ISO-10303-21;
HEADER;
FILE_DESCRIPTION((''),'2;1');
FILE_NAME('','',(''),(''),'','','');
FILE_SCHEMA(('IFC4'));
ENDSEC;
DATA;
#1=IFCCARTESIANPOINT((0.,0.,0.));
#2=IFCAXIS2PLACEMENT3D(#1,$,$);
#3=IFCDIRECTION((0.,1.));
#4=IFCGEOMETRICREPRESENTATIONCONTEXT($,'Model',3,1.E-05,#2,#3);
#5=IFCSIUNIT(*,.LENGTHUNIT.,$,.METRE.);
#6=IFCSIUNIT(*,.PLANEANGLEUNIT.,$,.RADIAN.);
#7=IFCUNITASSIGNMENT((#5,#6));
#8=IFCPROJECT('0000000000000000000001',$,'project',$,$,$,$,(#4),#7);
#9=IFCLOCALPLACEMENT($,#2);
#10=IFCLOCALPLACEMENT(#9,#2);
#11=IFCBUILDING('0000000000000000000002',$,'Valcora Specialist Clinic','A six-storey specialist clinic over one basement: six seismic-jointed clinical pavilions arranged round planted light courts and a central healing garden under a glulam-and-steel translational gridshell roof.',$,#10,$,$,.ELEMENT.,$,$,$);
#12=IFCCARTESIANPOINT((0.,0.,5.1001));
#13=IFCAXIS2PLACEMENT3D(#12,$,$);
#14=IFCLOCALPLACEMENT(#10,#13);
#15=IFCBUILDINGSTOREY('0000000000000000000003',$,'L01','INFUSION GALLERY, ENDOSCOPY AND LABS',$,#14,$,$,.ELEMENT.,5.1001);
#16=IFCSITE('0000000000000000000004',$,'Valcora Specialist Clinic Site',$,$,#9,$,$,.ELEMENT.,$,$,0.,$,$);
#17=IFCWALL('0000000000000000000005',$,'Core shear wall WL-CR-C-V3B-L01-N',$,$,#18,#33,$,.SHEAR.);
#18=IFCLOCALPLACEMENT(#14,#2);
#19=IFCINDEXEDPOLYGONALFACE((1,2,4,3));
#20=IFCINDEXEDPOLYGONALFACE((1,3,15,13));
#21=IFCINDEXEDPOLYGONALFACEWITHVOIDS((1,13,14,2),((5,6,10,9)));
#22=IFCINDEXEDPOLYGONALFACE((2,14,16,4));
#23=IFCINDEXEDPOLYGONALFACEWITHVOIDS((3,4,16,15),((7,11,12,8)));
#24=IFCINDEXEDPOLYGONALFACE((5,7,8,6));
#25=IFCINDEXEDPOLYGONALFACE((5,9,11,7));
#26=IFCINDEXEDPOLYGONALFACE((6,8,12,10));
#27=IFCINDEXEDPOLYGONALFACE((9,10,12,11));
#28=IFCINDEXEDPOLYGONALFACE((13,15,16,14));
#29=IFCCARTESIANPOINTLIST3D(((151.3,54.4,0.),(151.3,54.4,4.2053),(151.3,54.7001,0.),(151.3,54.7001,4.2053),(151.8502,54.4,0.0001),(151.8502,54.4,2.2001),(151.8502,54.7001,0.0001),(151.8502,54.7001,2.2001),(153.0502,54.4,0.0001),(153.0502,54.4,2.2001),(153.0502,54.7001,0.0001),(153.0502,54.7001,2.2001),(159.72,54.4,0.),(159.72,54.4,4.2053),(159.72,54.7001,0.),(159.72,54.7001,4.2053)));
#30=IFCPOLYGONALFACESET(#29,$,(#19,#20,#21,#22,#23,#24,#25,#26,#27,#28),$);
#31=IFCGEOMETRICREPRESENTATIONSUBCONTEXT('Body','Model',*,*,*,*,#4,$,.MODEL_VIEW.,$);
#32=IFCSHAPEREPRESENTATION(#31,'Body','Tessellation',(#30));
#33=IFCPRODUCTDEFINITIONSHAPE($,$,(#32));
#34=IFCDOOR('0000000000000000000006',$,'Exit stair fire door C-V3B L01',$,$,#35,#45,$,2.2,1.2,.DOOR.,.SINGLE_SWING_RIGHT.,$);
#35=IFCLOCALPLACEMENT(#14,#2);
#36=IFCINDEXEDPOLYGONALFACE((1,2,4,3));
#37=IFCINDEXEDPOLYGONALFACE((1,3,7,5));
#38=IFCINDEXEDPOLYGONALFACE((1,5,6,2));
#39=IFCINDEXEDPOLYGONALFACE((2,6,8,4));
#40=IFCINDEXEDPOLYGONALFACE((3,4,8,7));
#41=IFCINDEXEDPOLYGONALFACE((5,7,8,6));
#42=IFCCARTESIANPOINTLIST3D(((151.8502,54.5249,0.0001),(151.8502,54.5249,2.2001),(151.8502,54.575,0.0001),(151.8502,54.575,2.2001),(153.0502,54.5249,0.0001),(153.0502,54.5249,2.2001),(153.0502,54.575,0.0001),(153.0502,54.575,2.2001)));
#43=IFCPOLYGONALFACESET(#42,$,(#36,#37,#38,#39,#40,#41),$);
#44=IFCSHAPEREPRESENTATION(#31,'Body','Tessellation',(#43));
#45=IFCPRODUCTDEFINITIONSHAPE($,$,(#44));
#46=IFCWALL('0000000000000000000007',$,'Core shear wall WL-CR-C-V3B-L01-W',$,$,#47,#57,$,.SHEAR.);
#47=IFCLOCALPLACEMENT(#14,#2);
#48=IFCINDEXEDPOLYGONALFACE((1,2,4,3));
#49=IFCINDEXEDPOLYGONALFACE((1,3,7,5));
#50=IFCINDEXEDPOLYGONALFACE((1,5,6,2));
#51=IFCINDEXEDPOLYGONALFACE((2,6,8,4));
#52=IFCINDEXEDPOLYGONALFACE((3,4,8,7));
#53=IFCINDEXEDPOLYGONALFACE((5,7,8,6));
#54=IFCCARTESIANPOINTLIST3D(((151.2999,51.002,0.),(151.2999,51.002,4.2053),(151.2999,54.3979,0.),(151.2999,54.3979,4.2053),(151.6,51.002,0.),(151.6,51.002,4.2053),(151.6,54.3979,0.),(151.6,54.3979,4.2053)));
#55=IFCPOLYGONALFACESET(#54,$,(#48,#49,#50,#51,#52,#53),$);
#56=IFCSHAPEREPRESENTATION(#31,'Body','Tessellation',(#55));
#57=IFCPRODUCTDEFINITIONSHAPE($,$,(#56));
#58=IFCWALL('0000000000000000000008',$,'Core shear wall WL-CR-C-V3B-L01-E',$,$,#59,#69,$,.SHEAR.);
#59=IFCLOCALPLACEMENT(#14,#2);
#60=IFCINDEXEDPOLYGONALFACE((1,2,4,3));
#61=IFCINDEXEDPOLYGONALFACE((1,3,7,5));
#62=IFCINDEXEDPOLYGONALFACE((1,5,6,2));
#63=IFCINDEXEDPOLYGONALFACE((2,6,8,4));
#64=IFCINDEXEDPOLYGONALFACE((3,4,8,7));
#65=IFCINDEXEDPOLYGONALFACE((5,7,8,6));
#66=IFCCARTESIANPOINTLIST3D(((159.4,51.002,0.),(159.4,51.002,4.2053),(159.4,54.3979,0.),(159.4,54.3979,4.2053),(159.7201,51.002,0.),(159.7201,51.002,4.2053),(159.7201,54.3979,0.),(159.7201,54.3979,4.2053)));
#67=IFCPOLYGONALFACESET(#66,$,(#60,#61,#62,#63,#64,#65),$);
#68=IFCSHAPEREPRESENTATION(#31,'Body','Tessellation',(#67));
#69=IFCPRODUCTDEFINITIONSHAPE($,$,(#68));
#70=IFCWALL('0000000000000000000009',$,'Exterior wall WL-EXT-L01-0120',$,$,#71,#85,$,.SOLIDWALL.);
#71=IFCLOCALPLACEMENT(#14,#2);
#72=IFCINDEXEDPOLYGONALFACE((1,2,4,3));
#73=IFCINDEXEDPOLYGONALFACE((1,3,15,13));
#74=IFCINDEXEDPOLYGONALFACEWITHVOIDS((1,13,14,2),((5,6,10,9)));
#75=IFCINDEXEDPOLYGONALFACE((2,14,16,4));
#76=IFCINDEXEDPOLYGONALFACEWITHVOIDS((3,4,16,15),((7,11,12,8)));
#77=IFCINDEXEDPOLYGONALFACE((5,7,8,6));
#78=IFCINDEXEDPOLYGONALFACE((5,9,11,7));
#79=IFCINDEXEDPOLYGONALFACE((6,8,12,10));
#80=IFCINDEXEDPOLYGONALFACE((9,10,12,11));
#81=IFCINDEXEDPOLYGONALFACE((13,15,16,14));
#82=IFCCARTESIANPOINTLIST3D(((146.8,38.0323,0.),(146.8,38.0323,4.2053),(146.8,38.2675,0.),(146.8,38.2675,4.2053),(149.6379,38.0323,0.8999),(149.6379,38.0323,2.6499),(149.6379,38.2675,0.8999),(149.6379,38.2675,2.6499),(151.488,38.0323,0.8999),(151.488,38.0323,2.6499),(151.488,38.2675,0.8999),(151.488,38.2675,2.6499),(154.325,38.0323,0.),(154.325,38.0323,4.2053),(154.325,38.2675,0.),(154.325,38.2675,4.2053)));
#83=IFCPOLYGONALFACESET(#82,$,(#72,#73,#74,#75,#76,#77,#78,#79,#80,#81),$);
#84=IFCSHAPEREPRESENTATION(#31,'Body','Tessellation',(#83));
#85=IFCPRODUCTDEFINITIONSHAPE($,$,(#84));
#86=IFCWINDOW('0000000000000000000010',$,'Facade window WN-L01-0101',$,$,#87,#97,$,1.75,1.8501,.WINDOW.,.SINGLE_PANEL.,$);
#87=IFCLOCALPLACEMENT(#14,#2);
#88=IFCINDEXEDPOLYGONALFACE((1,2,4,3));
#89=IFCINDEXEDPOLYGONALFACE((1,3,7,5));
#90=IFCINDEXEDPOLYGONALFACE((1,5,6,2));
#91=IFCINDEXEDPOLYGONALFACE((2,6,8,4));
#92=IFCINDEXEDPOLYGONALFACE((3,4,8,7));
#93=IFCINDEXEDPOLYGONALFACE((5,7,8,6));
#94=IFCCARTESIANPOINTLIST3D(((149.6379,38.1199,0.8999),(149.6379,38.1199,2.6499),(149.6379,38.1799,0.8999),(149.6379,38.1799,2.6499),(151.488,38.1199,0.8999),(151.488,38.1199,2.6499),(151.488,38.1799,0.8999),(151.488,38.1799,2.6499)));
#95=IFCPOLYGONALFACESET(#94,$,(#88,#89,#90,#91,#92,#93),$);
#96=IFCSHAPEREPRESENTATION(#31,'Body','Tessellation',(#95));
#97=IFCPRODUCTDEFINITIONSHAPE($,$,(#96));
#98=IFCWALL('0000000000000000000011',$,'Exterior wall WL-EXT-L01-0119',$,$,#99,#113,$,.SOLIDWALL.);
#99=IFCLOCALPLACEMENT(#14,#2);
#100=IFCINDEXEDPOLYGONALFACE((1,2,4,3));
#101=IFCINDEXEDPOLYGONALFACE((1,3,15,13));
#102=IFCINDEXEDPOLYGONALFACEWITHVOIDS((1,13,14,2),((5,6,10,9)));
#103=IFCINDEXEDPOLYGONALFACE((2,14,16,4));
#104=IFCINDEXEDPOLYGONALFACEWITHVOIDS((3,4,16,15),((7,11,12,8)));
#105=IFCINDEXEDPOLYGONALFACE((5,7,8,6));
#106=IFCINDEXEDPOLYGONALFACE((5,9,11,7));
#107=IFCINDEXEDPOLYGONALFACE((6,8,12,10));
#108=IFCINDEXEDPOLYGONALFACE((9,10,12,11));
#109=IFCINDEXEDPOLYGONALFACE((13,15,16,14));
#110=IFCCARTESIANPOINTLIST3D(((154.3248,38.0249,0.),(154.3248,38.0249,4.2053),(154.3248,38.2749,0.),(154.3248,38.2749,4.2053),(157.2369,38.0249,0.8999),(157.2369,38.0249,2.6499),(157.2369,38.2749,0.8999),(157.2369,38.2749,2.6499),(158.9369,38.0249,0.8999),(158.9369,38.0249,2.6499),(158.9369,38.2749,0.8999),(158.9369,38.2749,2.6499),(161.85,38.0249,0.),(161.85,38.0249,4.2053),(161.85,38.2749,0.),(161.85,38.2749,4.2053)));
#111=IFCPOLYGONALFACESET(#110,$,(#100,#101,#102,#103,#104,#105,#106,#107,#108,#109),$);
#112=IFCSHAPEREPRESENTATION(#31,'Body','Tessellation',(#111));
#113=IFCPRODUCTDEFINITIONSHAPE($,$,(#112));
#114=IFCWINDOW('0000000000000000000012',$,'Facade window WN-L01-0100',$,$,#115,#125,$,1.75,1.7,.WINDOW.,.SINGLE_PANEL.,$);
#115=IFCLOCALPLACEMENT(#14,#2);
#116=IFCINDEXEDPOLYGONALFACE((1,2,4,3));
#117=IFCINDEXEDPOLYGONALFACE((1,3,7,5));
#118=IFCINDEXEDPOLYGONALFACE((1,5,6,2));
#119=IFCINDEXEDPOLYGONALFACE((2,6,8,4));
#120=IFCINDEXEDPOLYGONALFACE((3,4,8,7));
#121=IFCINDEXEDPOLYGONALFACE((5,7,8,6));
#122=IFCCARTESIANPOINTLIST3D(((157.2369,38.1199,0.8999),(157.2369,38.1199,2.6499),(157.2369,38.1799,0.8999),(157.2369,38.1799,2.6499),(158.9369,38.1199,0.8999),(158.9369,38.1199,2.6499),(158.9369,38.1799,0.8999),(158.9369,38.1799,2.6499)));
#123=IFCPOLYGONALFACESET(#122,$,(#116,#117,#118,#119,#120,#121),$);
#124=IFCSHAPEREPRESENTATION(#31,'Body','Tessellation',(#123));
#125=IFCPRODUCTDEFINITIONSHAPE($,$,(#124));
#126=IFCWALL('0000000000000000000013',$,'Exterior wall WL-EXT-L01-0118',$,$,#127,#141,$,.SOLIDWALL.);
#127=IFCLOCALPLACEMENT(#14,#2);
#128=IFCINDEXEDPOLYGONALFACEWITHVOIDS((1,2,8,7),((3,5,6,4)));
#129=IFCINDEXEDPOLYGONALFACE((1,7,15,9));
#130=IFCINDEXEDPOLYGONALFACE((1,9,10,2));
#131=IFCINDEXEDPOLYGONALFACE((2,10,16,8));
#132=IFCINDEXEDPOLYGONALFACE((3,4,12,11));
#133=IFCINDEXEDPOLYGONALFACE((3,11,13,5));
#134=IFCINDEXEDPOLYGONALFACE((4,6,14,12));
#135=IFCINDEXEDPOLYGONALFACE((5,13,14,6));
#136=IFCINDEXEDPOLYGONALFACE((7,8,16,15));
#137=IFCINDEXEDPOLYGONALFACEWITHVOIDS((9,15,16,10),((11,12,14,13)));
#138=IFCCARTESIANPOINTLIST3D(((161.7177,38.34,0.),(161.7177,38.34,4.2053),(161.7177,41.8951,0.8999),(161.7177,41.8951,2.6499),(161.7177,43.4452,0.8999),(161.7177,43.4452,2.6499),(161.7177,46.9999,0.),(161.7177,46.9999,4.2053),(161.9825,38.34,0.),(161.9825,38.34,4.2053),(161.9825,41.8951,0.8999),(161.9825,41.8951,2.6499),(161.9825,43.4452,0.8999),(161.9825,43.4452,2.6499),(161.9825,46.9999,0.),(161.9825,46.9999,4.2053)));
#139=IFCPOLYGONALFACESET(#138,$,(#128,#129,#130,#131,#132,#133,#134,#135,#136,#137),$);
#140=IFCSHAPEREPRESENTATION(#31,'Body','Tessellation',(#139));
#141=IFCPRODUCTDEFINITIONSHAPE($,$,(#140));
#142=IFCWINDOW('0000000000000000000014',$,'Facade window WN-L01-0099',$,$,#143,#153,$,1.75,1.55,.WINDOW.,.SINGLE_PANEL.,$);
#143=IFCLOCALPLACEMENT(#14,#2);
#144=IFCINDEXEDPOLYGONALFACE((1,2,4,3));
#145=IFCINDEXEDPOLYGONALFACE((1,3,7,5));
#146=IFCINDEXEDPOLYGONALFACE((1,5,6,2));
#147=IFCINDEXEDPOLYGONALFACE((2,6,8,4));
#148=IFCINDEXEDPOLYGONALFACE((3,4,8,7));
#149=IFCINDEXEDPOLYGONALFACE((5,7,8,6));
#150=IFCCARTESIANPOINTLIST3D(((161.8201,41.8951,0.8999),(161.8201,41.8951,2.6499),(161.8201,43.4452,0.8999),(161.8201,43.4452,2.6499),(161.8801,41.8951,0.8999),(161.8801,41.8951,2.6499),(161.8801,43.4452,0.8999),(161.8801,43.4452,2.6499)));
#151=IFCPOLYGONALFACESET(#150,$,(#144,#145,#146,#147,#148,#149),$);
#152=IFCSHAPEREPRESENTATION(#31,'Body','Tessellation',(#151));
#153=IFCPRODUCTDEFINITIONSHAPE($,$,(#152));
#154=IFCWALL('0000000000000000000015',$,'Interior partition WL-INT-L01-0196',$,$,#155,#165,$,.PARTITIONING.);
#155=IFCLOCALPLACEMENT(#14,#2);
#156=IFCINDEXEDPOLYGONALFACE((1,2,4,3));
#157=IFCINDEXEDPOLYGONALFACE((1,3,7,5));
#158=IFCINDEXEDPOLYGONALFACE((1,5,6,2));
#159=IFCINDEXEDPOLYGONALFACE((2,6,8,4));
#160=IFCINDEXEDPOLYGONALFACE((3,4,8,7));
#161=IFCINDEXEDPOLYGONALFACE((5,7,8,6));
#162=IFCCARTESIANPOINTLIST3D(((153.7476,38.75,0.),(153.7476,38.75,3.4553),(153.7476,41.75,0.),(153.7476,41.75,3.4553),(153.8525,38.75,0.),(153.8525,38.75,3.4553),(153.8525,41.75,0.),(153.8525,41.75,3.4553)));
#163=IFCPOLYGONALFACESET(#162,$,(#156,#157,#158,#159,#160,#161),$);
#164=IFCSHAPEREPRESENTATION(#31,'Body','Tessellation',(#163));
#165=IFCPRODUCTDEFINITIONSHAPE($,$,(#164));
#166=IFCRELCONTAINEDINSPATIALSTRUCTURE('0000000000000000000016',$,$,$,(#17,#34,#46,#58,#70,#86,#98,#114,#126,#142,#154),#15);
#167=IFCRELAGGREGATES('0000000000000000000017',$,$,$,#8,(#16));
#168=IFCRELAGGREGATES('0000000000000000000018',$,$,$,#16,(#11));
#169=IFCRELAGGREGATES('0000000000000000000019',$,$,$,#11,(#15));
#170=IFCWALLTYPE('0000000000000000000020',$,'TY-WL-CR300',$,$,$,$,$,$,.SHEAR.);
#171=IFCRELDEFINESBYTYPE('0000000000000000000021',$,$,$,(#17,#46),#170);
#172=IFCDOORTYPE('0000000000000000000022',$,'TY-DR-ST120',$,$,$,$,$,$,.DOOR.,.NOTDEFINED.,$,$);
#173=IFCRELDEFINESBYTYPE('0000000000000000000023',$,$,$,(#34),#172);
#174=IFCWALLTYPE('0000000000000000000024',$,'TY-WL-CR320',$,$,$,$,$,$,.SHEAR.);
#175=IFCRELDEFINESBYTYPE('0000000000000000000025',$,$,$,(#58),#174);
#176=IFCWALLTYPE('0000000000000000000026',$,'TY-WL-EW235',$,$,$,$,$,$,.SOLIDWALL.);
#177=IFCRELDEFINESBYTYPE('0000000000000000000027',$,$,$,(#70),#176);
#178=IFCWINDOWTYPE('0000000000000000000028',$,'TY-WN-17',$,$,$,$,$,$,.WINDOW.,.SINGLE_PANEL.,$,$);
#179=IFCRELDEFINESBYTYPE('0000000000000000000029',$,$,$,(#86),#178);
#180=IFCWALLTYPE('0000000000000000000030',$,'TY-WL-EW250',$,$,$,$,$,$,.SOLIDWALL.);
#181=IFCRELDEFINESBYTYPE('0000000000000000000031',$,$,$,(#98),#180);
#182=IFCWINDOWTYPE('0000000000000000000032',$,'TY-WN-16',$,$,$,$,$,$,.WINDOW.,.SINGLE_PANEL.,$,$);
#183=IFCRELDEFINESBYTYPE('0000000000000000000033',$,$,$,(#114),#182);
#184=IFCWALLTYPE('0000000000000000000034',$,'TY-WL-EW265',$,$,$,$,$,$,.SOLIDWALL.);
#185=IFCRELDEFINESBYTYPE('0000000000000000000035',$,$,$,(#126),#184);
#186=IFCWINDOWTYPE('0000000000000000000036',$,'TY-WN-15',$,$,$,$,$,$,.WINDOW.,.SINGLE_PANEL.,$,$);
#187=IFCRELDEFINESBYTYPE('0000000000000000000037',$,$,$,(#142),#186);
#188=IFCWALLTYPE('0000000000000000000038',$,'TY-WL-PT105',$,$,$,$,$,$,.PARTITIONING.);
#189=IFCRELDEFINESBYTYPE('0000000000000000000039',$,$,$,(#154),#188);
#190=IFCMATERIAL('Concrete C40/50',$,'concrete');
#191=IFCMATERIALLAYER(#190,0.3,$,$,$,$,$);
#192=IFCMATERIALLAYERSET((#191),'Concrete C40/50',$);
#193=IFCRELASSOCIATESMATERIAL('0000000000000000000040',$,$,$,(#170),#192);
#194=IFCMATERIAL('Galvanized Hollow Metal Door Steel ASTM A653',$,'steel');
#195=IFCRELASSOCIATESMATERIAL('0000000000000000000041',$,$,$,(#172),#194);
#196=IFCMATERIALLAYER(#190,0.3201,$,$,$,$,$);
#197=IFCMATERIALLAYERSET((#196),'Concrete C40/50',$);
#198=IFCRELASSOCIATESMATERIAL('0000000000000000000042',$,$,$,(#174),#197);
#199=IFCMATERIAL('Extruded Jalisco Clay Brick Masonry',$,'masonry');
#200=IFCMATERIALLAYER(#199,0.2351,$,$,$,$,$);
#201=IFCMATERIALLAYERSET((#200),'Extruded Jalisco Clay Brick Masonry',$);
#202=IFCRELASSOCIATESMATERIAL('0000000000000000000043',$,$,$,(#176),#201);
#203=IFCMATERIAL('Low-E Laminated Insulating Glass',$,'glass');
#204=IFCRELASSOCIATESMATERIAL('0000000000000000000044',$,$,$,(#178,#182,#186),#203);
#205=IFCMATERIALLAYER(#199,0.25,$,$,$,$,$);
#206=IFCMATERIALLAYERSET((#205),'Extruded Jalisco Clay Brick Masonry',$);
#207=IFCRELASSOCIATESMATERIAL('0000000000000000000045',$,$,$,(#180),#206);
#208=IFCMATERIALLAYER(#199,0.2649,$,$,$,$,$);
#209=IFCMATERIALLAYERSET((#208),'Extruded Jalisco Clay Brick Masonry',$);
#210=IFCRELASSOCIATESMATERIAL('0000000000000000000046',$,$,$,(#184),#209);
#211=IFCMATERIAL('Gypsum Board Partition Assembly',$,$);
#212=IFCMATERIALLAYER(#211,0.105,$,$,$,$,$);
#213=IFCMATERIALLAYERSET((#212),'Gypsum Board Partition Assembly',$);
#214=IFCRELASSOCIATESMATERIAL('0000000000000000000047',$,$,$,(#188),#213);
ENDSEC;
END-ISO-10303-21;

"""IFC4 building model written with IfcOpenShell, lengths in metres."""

from ifc_helpers import new_model, si_unit, direction, frame, frame_2d, origin, place, context, subcontext, project, spatial, rectangle, extrude, material, layer, layer_set, type_object, element, fill, save


model = new_model("IFC4")

# Units and contexts
model_context = context("Model", 3, precision=1e-05, world=origin(), true_north=direction((0.0, 1.0)))
body_context = subcontext(model_context, "Body", "Model", "MODEL_VIEW")
ifc_project = project(units=[si_unit("LENGTHUNIT", "METRE"), si_unit("PLANEANGLEUNIT", "RADIAN")], contexts=[model_context])

# Site, building, storey
site_placement = place(None, origin())
site = spatial("IfcSite", under=ifc_project, at=site_placement, Name="Valcora Specialist Clinic Site", CompositionType="ELEMENT", RefElevation=0.0)
building_placement = place(site_placement, origin())
building = spatial("IfcBuilding", under=site, at=building_placement, Name="Valcora Specialist Clinic", Description="A six-storey specialist clinic over one basement: six seismic-jointed clinical pavilions arranged round planted light courts and a central healing garden under a glulam-and-steel translational gridshell roof.", CompositionType="ELEMENT")
storey_placement = place(building_placement, frame((0.0, 0.0, 5.1001)))
storey = spatial("IfcBuildingStorey", under=building, at=storey_placement, Name="L01", Description="INFUSION GALLERY, ENDOSCOPY AND LABS", CompositionType="ELEMENT", Elevation=5.1001)

# Shared definitions
ifc_material_1 = material(Name="Concrete C40/50", Category="concrete")

# Shared definitions
ifc_layer_1 = layer(ifc_material_1, 0.3)
ifc_layer_set_1 = layer_set([ifc_layer_1], Name="Concrete C40/50")
wall_type_1 = type_object("IfcWallType", Name="TY-WL-CR300", PredefinedType="SHEAR", material=ifc_layer_set_1)

# Wall, opening, door
wall_1_placement = place(storey_placement, frame((151.3, 54.55, 0.0), z_axis=(0.0, 0.0, 1.0), x_axis=(1.0, 0.0, 0.0)))
wall_1 = element("IfcWall", 1, at=wall_1_placement, inside=storey, type_object=wall_type_1, Name="Core shear wall WL-CR-C-V3B-L01-N", PredefinedType="SHEAR", context=body_context, shape_type="SweptSolid", body=[
    extrude(rectangle(XDim=8.4199, YDim=0.3, at=frame_2d((4.21, 0.0))), origin(), (0.0, 0.0, 1.0), 4.2053),
])
opening_1_placement = place(wall_1_placement, frame((0.55, 0.0, 0.0)))
opening_1 = element("IfcOpeningElement", 2, at=opening_1_placement, cuts=wall_1, PredefinedType="OPENING", context=body_context, shape_type="SweptSolid", body=[
    extrude(rectangle(XDim=1.2, YDim=2.2, at=frame_2d((0.6001, 1.1001))), frame((0.0, 0.1599, 0.0), z_axis=(0.0, -1.0, 0.0), x_axis=(1.0, 0.0, 0.0)), (0.0, 0.0, 1.0), 0.3201),
])
ifc_material_2 = material(Name="Galvanized Hollow Metal Door Steel ASTM A653", Category="steel")
door_type_1 = type_object("IfcDoorType", Name="TY-DR-ST120", OperationType="NOTDEFINED", PredefinedType="DOOR", material=ifc_material_2)
door_1_placement = place(opening_1_placement, origin())
door_1 = element("IfcDoor", 3, at=door_1_placement, inside=storey, type_object=door_type_1, Name="Exit stair fire door C-V3B L01", OperationType="SINGLE_SWING_RIGHT", OverallHeight=2.2, OverallWidth=1.2, PredefinedType="DOOR", context=body_context, shape_type="SweptSolid", body=[
    extrude(rectangle(XDim=1.2, YDim=2.2, at=frame_2d((0.6001, 1.1001))), frame((0.0, 0.0249, 0.0), z_axis=(0.0, -1.0, 0.0), x_axis=(1.0, 0.0, 0.0)), (0.0, 0.0, 1.0), 0.05),
])
fill(opening_1, door_1)

# Walls
wall_2_placement = place(storey_placement, frame((151.45, 51.002, 0.0), z_axis=(0.0, 0.0, 1.0), x_axis=(0.0, 1.0, 0.0)))
element("IfcWall", 4, at=wall_2_placement, inside=storey, type_object=wall_type_1, Name="Core shear wall WL-CR-C-V3B-L01-W", PredefinedType="SHEAR", context=body_context, shape_type="SweptSolid", body=[
    extrude(rectangle(XDim=3.396, YDim=0.3, at=frame_2d((1.698, 0.0))), origin(), (0.0, 0.0, 1.0), 4.2053),
])
ifc_layer_2 = layer(ifc_material_1, 0.3201)
ifc_layer_set_2 = layer_set([ifc_layer_2], Name="Concrete C40/50")
wall_type_2 = type_object("IfcWallType", Name="TY-WL-CR320", PredefinedType="SHEAR", material=ifc_layer_set_2)
wall_3_placement = place(storey_placement, frame((159.5601, 51.002, 0.0), z_axis=(0.0, 0.0, 1.0), x_axis=(0.0, 1.0, 0.0)))
element("IfcWall", 5, at=wall_3_placement, inside=storey, type_object=wall_type_2, Name="Core shear wall WL-CR-C-V3B-L01-E", PredefinedType="SHEAR", context=body_context, shape_type="SweptSolid", body=[
    extrude(rectangle(XDim=3.396, YDim=0.3201, at=frame_2d((1.698, 0.0))), origin(), (0.0, 0.0, 1.0), 4.2053),
])

# Walls, openings, windows
ifc_material_3 = material(Name="Extruded Jalisco Clay Brick Masonry", Category="masonry")
ifc_layer_3 = layer(ifc_material_3, 0.2351)
ifc_layer_set_3 = layer_set([ifc_layer_3], Name="Extruded Jalisco Clay Brick Masonry")
wall_type_3 = type_object("IfcWallType", Name="TY-WL-EW235", PredefinedType="SOLIDWALL", material=ifc_layer_set_3)
wall_4_placement = place(storey_placement, frame((154.325, 38.1499, 0.0), z_axis=(0.0, 0.0, 1.0), x_axis=(-1.0, 0.0, 0.0)))
wall_4 = element("IfcWall", 6, at=wall_4_placement, inside=storey, type_object=wall_type_3, Name="Exterior wall WL-EXT-L01-0120", PredefinedType="SOLIDWALL", context=body_context, shape_type="SweptSolid", body=[
    extrude(rectangle(XDim=7.5249, YDim=0.2351, at=frame_2d((3.7625, 0.0))), origin(), (0.0, 0.0, 1.0), 4.2053),
])
opening_2_placement = place(wall_4_placement, frame((2.8369, 0.0, 0.8999)))
opening_2 = element("IfcOpeningElement", 7, at=opening_2_placement, cuts=wall_4, PredefinedType="OPENING", context=body_context, shape_type="SweptSolid", body=[
    extrude(rectangle(XDim=1.8501, YDim=1.75, at=frame_2d((0.925, 0.875))), frame((0.0, 0.1274, 0.0), z_axis=(0.0, -1.0, 0.0), x_axis=(1.0, 0.0, 0.0)), (0.0, 0.0, 1.0), 0.2551),
])
ifc_material_4 = material(Name="Low-E Laminated Insulating Glass", Category="glass")
window_type_1 = type_object("IfcWindowType", Name="TY-WN-17", PartitioningType="SINGLE_PANEL", PredefinedType="WINDOW", material=ifc_material_4)
window_1_placement = place(opening_2_placement, origin())
window_1 = element("IfcWindow", 8, at=window_1_placement, inside=storey, type_object=window_type_1, Name="Facade window WN-L01-0101", OverallHeight=1.75, OverallWidth=1.8501, PartitioningType="SINGLE_PANEL", PredefinedType="WINDOW", context=body_context, shape_type="SweptSolid", body=[
    extrude(rectangle(XDim=1.8501, YDim=1.75, at=frame_2d((0.925, 0.875))), frame((0.0, 0.03, 0.0), z_axis=(0.0, -1.0, 0.0), x_axis=(1.0, 0.0, 0.0)), (0.0, 0.0, 1.0), 0.0601),
])
fill(opening_2, window_1)
ifc_layer_4 = layer(ifc_material_3, 0.25)
ifc_layer_set_4 = layer_set([ifc_layer_4], Name="Extruded Jalisco Clay Brick Masonry")
wall_type_4 = type_object("IfcWallType", Name="TY-WL-EW250", PredefinedType="SOLIDWALL", material=ifc_layer_set_4)
wall_5_placement = place(storey_placement, frame((161.8501, 38.1499, 0.0), z_axis=(0.0, 0.0, 1.0), x_axis=(-1.0, 0.0, 0.0)))
wall_5 = element("IfcWall", 9, at=wall_5_placement, inside=storey, type_object=wall_type_4, Name="Exterior wall WL-EXT-L01-0119", PredefinedType="SOLIDWALL", context=body_context, shape_type="SweptSolid", body=[
    extrude(rectangle(XDim=7.5251, YDim=0.25, at=frame_2d((3.7627, 0.0))), origin(), (0.0, 0.0, 1.0), 4.2053),
])
opening_3_placement = place(wall_5_placement, frame((2.9131, 0.0, 0.8999)))
opening_3 = element("IfcOpeningElement", 10, at=opening_3_placement, cuts=wall_5, PredefinedType="OPENING", context=body_context, shape_type="SweptSolid", body=[
    extrude(rectangle(XDim=1.7, YDim=1.75, at=frame_2d((0.8501, 0.875))), frame((0.0, 0.135, 0.0), z_axis=(0.0, -1.0, 0.0), x_axis=(1.0, 0.0, 0.0)), (0.0, 0.0, 1.0), 0.27),
])
window_type_2 = type_object("IfcWindowType", Name="TY-WN-16", PartitioningType="SINGLE_PANEL", PredefinedType="WINDOW", material=ifc_material_4)
window_2_placement = place(opening_3_placement, origin())
window_2 = element("IfcWindow", 11, at=window_2_placement, inside=storey, type_object=window_type_2, Name="Facade window WN-L01-0100", OverallHeight=1.75, OverallWidth=1.7, PartitioningType="SINGLE_PANEL", PredefinedType="WINDOW", context=body_context, shape_type="SweptSolid", body=[
    extrude(rectangle(XDim=1.7, YDim=1.75, at=frame_2d((0.8501, 0.875))), frame((0.0, 0.03, 0.0), z_axis=(0.0, -1.0, 0.0), x_axis=(1.0, 0.0, 0.0)), (0.0, 0.0, 1.0), 0.0601),
])
fill(opening_3, window_2)
ifc_layer_5 = layer(ifc_material_3, 0.2649)
ifc_layer_set_5 = layer_set([ifc_layer_5], Name="Extruded Jalisco Clay Brick Masonry")
wall_type_5 = type_object("IfcWallType", Name="TY-WL-EW265", PredefinedType="SOLIDWALL", material=ifc_layer_set_5)
wall_6_placement = place(storey_placement, frame((161.8501, 47.0, 0.0), z_axis=(0.0, 0.0, 1.0), x_axis=(0.0, -1.0, 0.0)))
wall_6 = element("IfcWall", 12, at=wall_6_placement, inside=storey, type_object=wall_type_5, Name="Exterior wall WL-EXT-L01-0118", PredefinedType="SOLIDWALL", context=body_context, shape_type="SweptSolid", body=[
    extrude(rectangle(XDim=8.6599, YDim=0.2649, at=frame_2d((4.3301, 0.0))), origin(), (0.0, 0.0, 1.0), 4.2053),
])
opening_4_placement = place(wall_6_placement, frame((3.5549, 0.0, 0.8999)))
opening_4 = element("IfcOpeningElement", 13, at=opening_4_placement, cuts=wall_6, PredefinedType="OPENING", context=body_context, shape_type="SweptSolid", body=[
    extrude(rectangle(XDim=1.55, YDim=1.75, at=frame_2d((0.7749, 0.875))), frame((0.0, 0.1423, 0.0), z_axis=(0.0, -1.0, 0.0), x_axis=(1.0, 0.0, 0.0)), (0.0, 0.0, 1.0), 0.2849),
])
window_type_3 = type_object("IfcWindowType", Name="TY-WN-15", PartitioningType="SINGLE_PANEL", PredefinedType="WINDOW", material=ifc_material_4)
window_3_placement = place(opening_4_placement, origin())
window_3 = element("IfcWindow", 14, at=window_3_placement, inside=storey, type_object=window_type_3, Name="Facade window WN-L01-0099", OverallHeight=1.75, OverallWidth=1.55, PartitioningType="SINGLE_PANEL", PredefinedType="WINDOW", context=body_context, shape_type="SweptSolid", body=[
    extrude(rectangle(XDim=1.55, YDim=1.75, at=frame_2d((0.7749, 0.875))), frame((0.0, 0.03, 0.0), z_axis=(0.0, -1.0, 0.0), x_axis=(1.0, 0.0, 0.0)), (0.0, 0.0, 1.0), 0.0601),
])
fill(opening_4, window_3)

# Wall
ifc_material_5 = material(Name="Gypsum Board Partition Assembly")
ifc_layer_6 = layer(ifc_material_5, 0.105)
ifc_layer_set_6 = layer_set([ifc_layer_6], Name="Gypsum Board Partition Assembly")
wall_type_6 = type_object("IfcWallType", Name="TY-WL-PT105", PredefinedType="PARTITIONING", material=ifc_layer_set_6)
wall_7_placement = place(storey_placement, frame((153.8, 41.75, 0.0), z_axis=(0.0, 0.0, 1.0), x_axis=(0.0, -1.0, 0.0)))
element("IfcWall", 15, at=wall_7_placement, inside=storey, type_object=wall_type_6, Name="Interior partition WL-INT-L01-0196", PredefinedType="PARTITIONING", context=body_context, shape_type="SweptSolid", body=[
    extrude(rectangle(XDim=3.0, YDim=0.105, at=frame_2d((1.5, 0.0))), origin(), (0.0, 0.0, 1.0), 3.4553),
])

save(model, "model.ifc")
